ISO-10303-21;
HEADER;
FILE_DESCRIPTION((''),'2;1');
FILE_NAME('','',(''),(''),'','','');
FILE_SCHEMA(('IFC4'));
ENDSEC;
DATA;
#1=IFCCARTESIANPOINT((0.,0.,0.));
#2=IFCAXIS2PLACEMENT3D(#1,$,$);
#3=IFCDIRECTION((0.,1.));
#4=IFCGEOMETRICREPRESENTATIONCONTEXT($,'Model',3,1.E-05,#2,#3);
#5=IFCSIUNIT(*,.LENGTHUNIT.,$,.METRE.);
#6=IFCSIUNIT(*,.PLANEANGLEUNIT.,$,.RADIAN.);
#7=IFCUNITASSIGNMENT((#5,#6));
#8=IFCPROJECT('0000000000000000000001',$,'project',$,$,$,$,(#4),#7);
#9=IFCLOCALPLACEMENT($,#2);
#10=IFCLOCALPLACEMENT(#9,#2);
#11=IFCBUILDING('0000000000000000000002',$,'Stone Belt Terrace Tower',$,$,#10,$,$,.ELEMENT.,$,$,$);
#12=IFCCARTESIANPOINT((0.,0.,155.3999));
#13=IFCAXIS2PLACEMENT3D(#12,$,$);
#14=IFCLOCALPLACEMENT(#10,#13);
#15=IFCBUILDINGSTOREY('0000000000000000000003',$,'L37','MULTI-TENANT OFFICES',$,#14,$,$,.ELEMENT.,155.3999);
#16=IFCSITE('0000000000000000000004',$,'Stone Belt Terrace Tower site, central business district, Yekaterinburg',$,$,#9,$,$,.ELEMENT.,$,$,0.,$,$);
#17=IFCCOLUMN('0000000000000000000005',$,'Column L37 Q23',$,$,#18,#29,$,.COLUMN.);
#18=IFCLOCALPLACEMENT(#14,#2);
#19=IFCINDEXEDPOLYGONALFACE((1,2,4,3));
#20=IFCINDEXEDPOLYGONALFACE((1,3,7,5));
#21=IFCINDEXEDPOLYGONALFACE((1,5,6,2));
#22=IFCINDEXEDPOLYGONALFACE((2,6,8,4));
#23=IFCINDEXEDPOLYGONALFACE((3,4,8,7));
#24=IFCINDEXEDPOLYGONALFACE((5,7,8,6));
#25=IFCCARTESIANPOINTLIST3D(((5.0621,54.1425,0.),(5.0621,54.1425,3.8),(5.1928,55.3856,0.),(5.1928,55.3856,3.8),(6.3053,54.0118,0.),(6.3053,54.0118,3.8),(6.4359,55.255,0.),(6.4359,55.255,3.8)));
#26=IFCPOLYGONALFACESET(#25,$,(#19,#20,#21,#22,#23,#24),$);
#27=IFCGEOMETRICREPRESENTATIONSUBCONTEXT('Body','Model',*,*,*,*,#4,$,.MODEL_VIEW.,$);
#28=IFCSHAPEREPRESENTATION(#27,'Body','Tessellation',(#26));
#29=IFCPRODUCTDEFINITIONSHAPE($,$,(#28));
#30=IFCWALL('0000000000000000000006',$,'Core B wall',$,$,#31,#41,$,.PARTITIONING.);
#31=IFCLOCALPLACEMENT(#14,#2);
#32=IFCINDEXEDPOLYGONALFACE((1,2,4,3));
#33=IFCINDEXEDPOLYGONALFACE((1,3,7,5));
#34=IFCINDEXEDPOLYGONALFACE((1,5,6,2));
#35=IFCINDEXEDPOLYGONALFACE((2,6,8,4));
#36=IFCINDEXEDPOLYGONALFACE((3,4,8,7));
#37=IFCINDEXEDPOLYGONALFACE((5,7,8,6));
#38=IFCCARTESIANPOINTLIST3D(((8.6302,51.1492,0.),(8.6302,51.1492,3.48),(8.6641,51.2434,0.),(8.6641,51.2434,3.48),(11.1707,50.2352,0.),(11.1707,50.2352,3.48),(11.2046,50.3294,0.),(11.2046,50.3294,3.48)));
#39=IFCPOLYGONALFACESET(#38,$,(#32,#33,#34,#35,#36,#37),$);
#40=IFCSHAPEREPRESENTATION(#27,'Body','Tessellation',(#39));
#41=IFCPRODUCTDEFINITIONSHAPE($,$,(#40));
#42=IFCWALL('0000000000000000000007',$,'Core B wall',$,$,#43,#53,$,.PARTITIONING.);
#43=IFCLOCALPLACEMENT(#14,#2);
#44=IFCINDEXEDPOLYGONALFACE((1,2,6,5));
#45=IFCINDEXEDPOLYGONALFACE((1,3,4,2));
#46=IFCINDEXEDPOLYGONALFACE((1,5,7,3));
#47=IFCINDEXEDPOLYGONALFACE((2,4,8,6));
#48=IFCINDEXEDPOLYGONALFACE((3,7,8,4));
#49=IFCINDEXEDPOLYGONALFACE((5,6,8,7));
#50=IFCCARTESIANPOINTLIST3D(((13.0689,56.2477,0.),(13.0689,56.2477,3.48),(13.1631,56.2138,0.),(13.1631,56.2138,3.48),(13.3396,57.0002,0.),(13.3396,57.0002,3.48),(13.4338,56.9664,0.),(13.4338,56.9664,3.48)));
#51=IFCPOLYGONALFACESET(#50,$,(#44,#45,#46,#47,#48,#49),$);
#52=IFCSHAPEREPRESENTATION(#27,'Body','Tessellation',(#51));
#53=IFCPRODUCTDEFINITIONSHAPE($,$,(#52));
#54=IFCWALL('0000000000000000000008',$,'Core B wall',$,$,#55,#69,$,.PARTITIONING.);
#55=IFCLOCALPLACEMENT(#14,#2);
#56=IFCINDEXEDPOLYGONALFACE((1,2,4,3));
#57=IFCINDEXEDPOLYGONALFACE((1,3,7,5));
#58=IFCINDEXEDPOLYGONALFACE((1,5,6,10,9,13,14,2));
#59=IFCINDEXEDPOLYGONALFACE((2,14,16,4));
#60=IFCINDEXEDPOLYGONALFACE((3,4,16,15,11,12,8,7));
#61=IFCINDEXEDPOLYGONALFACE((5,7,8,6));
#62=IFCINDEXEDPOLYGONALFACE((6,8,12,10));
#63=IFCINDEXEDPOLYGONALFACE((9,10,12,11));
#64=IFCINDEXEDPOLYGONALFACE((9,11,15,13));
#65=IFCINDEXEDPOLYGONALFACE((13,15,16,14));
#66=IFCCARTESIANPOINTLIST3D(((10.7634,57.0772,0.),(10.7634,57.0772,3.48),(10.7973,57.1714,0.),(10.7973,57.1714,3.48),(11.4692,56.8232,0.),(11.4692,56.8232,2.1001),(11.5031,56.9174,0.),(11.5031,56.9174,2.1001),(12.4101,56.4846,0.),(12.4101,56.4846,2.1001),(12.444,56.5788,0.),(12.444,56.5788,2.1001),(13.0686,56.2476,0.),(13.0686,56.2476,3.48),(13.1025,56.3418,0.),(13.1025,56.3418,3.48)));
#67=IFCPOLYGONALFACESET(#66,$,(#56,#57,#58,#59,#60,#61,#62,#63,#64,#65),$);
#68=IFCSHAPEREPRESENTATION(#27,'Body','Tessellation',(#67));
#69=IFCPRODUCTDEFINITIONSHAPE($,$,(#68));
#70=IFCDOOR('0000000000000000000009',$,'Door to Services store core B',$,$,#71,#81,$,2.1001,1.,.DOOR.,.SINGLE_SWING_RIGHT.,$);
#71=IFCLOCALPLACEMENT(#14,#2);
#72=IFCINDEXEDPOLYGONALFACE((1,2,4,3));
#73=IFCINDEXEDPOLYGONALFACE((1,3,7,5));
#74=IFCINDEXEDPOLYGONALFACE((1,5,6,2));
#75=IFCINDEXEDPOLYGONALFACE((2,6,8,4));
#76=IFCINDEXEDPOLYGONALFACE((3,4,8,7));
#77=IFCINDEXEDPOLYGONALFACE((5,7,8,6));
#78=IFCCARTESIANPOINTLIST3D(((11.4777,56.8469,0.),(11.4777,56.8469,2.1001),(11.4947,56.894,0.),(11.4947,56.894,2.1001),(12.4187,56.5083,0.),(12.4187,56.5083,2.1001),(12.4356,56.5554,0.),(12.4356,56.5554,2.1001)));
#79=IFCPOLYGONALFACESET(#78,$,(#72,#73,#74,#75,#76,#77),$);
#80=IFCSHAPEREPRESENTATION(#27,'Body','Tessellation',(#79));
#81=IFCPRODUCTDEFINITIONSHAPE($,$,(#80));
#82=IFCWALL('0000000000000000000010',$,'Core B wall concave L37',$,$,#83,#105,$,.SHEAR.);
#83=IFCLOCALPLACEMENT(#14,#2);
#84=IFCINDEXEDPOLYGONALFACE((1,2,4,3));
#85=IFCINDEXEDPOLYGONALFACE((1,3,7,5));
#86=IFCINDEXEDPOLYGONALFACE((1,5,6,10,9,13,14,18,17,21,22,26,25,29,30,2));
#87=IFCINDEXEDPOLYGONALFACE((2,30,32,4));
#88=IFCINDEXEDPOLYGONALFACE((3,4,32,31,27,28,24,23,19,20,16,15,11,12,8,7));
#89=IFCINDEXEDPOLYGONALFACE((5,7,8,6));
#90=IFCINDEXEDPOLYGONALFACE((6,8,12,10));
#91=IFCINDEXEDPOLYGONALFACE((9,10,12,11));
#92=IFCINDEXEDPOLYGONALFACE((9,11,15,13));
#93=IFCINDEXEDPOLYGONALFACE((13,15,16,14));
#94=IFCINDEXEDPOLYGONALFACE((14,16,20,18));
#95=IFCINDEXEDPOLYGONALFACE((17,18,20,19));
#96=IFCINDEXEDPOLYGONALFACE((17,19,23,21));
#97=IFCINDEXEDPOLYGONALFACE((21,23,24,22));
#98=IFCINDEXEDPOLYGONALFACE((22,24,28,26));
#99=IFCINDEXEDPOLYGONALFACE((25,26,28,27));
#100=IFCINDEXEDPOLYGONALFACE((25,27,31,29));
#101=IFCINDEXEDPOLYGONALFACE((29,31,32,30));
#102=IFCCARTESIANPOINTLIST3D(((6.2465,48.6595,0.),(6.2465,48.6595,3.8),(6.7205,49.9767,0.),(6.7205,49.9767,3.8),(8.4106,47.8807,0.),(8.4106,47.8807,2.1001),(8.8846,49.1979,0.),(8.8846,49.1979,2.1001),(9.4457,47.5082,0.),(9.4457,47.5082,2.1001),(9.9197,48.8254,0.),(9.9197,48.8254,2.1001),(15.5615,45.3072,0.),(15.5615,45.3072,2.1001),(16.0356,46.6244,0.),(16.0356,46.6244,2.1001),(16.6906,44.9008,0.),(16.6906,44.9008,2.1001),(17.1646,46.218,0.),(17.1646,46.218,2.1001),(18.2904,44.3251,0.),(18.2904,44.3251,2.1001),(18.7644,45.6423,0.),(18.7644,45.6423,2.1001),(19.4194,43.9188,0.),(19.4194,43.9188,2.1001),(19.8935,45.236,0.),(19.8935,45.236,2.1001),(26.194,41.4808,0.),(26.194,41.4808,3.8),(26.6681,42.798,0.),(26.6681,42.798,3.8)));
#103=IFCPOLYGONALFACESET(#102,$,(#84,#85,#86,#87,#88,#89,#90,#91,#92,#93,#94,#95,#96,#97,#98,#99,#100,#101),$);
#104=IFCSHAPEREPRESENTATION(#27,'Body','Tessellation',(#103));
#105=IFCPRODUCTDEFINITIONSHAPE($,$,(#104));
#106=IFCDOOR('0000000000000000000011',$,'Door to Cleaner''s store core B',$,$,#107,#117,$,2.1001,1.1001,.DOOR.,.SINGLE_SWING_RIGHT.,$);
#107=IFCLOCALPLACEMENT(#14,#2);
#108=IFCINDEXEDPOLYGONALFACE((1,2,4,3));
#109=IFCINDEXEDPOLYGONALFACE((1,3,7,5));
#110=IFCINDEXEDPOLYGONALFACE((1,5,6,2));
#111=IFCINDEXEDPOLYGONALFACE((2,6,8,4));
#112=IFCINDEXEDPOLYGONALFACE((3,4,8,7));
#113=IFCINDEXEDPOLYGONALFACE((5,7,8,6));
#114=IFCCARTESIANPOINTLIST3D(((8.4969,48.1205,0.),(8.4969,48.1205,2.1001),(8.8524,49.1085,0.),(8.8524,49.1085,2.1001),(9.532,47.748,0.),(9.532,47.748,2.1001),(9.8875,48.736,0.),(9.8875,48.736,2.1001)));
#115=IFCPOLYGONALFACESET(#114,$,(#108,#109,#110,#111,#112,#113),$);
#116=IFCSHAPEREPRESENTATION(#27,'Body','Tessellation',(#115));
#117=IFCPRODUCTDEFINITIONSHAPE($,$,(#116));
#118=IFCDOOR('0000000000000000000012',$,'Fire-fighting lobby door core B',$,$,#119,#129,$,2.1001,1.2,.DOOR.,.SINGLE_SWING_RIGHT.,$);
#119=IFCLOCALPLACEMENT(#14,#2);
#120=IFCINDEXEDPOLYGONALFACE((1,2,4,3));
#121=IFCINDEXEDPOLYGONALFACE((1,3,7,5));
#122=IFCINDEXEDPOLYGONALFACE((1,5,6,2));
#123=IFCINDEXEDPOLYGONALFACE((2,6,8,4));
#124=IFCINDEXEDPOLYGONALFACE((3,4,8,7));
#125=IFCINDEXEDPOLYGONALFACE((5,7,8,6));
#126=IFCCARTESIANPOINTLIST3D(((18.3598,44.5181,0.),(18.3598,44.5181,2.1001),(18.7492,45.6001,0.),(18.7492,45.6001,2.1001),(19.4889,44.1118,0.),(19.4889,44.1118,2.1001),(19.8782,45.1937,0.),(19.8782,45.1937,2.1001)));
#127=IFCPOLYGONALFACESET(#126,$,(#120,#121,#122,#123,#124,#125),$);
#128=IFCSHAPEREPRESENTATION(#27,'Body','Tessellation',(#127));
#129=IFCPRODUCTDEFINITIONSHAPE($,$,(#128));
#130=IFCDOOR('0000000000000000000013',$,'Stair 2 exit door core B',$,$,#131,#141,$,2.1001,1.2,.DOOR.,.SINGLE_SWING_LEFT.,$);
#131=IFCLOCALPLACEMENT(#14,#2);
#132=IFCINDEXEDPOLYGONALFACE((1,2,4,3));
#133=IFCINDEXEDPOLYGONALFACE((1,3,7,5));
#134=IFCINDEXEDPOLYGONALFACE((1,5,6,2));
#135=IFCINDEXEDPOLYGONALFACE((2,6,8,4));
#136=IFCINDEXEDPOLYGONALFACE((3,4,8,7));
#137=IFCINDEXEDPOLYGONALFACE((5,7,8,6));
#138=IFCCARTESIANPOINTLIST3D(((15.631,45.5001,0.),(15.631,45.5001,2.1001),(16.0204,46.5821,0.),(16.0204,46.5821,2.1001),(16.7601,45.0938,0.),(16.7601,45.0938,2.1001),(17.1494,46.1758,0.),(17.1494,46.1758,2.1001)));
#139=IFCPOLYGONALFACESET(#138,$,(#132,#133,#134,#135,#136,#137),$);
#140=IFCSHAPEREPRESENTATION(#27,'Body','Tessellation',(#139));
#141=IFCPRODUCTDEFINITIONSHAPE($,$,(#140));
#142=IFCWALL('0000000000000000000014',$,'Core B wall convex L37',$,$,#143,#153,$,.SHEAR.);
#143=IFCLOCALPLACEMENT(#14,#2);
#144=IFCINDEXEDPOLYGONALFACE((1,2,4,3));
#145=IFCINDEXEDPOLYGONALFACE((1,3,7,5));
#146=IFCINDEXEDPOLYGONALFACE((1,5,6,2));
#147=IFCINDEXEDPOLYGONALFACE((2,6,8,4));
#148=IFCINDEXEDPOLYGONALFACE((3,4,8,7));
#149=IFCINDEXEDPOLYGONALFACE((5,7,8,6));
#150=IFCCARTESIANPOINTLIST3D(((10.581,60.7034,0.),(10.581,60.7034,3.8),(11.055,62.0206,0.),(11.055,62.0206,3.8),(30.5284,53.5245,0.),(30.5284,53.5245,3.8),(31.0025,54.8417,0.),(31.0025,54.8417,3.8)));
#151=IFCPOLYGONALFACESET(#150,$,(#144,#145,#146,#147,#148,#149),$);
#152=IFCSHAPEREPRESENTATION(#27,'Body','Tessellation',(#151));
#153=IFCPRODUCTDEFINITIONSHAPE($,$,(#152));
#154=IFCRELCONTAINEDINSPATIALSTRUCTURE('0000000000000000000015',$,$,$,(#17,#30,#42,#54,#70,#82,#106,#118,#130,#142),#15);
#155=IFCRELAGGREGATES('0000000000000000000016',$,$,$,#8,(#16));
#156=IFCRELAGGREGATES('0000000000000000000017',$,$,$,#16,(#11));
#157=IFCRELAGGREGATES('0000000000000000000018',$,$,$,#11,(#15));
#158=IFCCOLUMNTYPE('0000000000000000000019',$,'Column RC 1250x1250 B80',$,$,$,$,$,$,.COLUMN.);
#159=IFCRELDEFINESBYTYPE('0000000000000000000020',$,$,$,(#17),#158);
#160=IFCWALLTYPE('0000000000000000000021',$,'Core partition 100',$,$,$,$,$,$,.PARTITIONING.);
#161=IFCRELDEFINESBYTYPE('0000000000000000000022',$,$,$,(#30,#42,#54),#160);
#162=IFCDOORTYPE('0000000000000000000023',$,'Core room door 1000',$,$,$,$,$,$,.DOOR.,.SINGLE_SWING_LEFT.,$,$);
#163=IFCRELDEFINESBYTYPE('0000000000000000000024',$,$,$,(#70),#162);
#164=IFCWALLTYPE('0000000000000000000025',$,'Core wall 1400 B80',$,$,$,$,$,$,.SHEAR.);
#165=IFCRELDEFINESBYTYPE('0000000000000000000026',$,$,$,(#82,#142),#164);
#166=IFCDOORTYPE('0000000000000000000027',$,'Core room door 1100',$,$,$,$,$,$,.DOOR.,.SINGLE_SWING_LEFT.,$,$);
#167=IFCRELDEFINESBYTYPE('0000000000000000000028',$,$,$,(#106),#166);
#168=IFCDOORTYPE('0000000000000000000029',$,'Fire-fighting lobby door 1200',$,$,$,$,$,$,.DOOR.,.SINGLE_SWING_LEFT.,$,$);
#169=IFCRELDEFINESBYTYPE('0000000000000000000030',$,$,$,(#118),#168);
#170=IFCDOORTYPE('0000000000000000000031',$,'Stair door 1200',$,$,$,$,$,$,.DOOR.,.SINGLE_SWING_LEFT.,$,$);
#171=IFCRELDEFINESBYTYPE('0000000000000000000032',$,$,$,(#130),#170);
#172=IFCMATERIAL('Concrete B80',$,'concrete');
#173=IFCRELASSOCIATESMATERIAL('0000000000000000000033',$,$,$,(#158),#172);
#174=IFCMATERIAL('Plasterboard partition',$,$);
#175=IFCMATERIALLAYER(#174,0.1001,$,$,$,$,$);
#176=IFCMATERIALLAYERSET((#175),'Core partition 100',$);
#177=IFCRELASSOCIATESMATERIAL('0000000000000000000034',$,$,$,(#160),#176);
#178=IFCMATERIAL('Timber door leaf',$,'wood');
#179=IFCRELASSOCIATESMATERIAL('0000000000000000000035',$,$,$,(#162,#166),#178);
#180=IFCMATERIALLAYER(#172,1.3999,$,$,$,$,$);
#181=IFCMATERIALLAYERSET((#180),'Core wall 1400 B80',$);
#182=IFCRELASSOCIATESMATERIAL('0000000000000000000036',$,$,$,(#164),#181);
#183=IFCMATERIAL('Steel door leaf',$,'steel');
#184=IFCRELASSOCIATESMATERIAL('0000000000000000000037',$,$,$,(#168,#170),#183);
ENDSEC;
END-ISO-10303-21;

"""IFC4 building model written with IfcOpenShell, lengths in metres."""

from ifc_helpers import new_model, si_unit, direction, frame, frame_2d, origin, origin_2d, place, context, subcontext, project, spatial, rectangle, extrude, material, layer, layer_set, material_profile, profile_set, type_object, element, fill, save


model = new_model("IFC4")

# Units and contexts
model_context = context("Model", 3, precision=1e-05, world=origin(), true_north=direction((0.0, 1.0)))
body_context = subcontext(model_context, "Body", "Model", "MODEL_VIEW")
ifc_project = project(units=[si_unit("LENGTHUNIT", "METRE"), si_unit("PLANEANGLEUNIT", "RADIAN")], contexts=[model_context])

# Site, building, storey
site_placement = place(None, origin())
site = spatial("IfcSite", under=ifc_project, at=site_placement, Name="Stone Belt Terrace Tower site, central business district, Yekaterinburg", CompositionType="ELEMENT", RefElevation=0.0)
building_placement = place(site_placement, origin())
building = spatial("IfcBuilding", under=site, at=building_placement, Name="Stone Belt Terrace Tower", CompositionType="ELEMENT")
storey_placement = place(building_placement, frame((0.0, 0.0, 155.3999)))
storey = spatial("IfcBuildingStorey", under=building, at=storey_placement, Name="L37", Description="MULTI-TENANT OFFICES", CompositionType="ELEMENT", Elevation=155.3999)

# Column
ifc_material_1 = material(Name="Concrete B80", Category="concrete")
ifc_material_profile = material_profile(ifc_material_1, rectangle(XDim=1.25, YDim=1.25, at=origin_2d()), Name="RC 1250x1250")
ifc_profile_set = profile_set([ifc_material_profile], Name="Concrete B80")
column_type = type_object("IfcColumnType", Name="Column RC 1250x1250 B80", PredefinedType="COLUMN", material=ifc_profile_set)
column_placement = place(storey_placement, frame((5.749, 54.6987, 0.0), z_axis=(0.0, 0.0, 1.0), x_axis=(0.994522, -0.104528, 0.0)))
element("IfcColumn", 1, at=column_placement, inside=storey, type_object=column_type, Name="Column L37 Q23", PredefinedType="COLUMN", context=body_context, shape_type="SweptSolid", body=[
    extrude(rectangle(XDim=1.25, YDim=1.25, at=origin_2d()), origin(), (0.0, 0.0, 1.0), 3.8),
])

# Walls
ifc_material_2 = material(Name="Plasterboard partition")
ifc_layer_1 = layer(ifc_material_2, 0.1001)
ifc_layer_set_1 = layer_set([ifc_layer_1], Name="Core partition 100")
wall_type_1 = type_object("IfcWallType", Name="Core partition 100", PredefinedType="PARTITIONING", material=ifc_layer_set_1)
wall_1_placement = place(storey_placement, frame((11.1877, 50.2822, 0.0), z_axis=(0.0, 0.0, 1.0), x_axis=(-0.94095, 0.338547, 0.0)))
element("IfcWall", 2, at=wall_1_placement, inside=storey, type_object=wall_type_1, Name="Core B wall", PredefinedType="PARTITIONING", context=body_context, shape_type="SweptSolid", body=[
    extrude(rectangle(XDim=2.7, YDim=0.1001, at=frame_2d((1.3501, 0.0))), origin(), (0.0, 0.0, 1.0), 3.48),
])
wall_2_placement = place(storey_placement, frame((13.116, 56.2307, 0.0), z_axis=(0.0, 0.0, 1.0), x_axis=(0.338482, 0.940973, 0.0)))
element("IfcWall", 3, at=wall_2_placement, inside=storey, type_object=wall_type_1, Name="Core B wall", PredefinedType="PARTITIONING", context=body_context, shape_type="SweptSolid", body=[
    extrude(rectangle(XDim=0.7998, YDim=0.1001, at=frame_2d((0.3999, 0.0))), origin(), (0.0, 0.0, 1.0), 3.48),
])

# Wall, opening, door
wall_3_placement = place(storey_placement, frame((13.0857, 56.2947, 0.0), z_axis=(0.0, 0.0, 1.0), x_axis=(-0.940923, 0.338621, 0.0)))
wall_3 = element("IfcWall", 4, at=wall_3_placement, inside=storey, type_object=wall_type_1, Name="Core B wall", PredefinedType="PARTITIONING", context=body_context, shape_type="SweptSolid", body=[
    extrude(rectangle(XDim=2.45, YDim=0.1001, at=frame_2d((1.2251, 0.0))), origin(), (0.0, 0.0, 1.0), 3.48),
])
opening_1_placement = place(wall_3_placement, frame((0.7, 0.0, 0.0)))
opening_1 = element("IfcOpeningElement", 5, at=opening_1_placement, cuts=wall_3, PredefinedType="OPENING", context=body_context, shape_type="SweptSolid", body=[
    extrude(rectangle(XDim=1.0, YDim=2.1001, at=frame_2d((0.5, 1.05))), frame((0.0, 0.0601, 0.0), z_axis=(0.0, -1.0, 0.0), x_axis=(1.0, 0.0, 0.0)), (0.0, 0.0, 1.0), 0.1201),
])
ifc_material_3 = material(Name="Timber door leaf", Category="wood")
door_type_1 = type_object("IfcDoorType", Name="Core room door 1000", OperationType="SINGLE_SWING_LEFT", PredefinedType="DOOR", material=ifc_material_3)
door_1_placement = place(opening_1_placement, origin())
door_1 = element("IfcDoor", 6, at=door_1_placement, inside=storey, type_object=door_type_1, Name="Door to Services store core B", OperationType="SINGLE_SWING_RIGHT", OverallHeight=2.1001, OverallWidth=1.0, PredefinedType="DOOR", context=body_context, shape_type="SweptSolid", body=[
    extrude(rectangle(XDim=1.0, YDim=2.1001, at=frame_2d((0.5, 1.05))), frame((0.0, 0.0249, 0.0), z_axis=(0.0, -1.0, 0.0), x_axis=(1.0, 0.0, 0.0)), (0.0, 0.0, 1.0), 0.05),
])
fill(opening_1, door_1)

# Wall, openings, doors
ifc_layer_2 = layer(ifc_material_1, 1.3999)
ifc_layer_set_2 = layer_set([ifc_layer_2], Name="Core wall 1400 B80")
wall_type_2 = type_object("IfcWallType", Name="Core wall 1400 B80", PredefinedType="SHEAR", material=ifc_layer_set_2)
wall_4_placement = place(storey_placement, frame((6.4834, 49.3181, 0.0), z_axis=(0.0, 0.0, 1.0), x_axis=(0.940923, -0.33862, 0.0)))
wall_4 = element("IfcWall", 7, at=wall_4_placement, inside=storey, type_object=wall_type_2, Name="Core B wall concave L37", PredefinedType="SHEAR", context=body_context, shape_type="SweptSolid", body=[
    extrude(rectangle(XDim=21.2, YDim=1.3999, at=frame_2d((10.6001, 0.0))), origin(), (0.0, 0.0, 1.0), 3.8),
])
opening_2_placement = place(wall_4_placement, frame((12.8, 0.0, 0.0)))
opening_2 = element("IfcOpeningElement", 8, at=opening_2_placement, cuts=wall_4, PredefinedType="OPENING", context=body_context, shape_type="SweptSolid", body=[
    extrude(rectangle(XDim=1.2, YDim=2.1001, at=frame_2d((0.6001, 1.05))), frame((0.0, 0.71, 0.0), z_axis=(0.0, -1.0, 0.0), x_axis=(1.0, 0.0, 0.0)), (0.0, 0.0, 1.0), 1.4199),
])
opening_3_placement = place(wall_4_placement, frame((9.8999, 0.0, 0.0)))
opening_3 = element("IfcOpeningElement", 9, at=opening_3_placement, cuts=wall_4, PredefinedType="OPENING", context=body_context, shape_type="SweptSolid", body=[
    extrude(rectangle(XDim=1.2, YDim=2.1001, at=frame_2d((0.6001, 1.05))), frame((0.0, 0.71, 0.0), z_axis=(0.0, -1.0, 0.0), x_axis=(1.0, 0.0, 0.0)), (0.0, 0.0, 1.0), 1.4199),
])
opening_4_placement = place(wall_4_placement, frame((2.3, 0.0, 0.0)))
opening_4 = element("IfcOpeningElement", 10, at=opening_4_placement, cuts=wall_4, PredefinedType="OPENING", context=body_context, shape_type="SweptSolid", body=[
    extrude(rectangle(XDim=1.1001, YDim=2.1001, at=frame_2d((0.55, 1.05))), frame((0.0, 0.71, 0.0), z_axis=(0.0, -1.0, 0.0), x_axis=(1.0, 0.0, 0.0)), (0.0, 0.0, 1.0), 1.4199),
])
door_type_2 = type_object("IfcDoorType", Name="Core room door 1100", OperationType="SINGLE_SWING_LEFT", PredefinedType="DOOR", material=ifc_material_3)
door_2_placement = place(opening_4_placement, origin())
door_2 = element("IfcDoor", 11, at=door_2_placement, inside=storey, type_object=door_type_2, Name="Door to Cleaner's store core B", OperationType="SINGLE_SWING_RIGHT", OverallHeight=2.1001, OverallWidth=1.1001, PredefinedType="DOOR", context=body_context, shape_type="SweptSolid", body=[
    extrude(rectangle(XDim=1.1001, YDim=2.1001, at=frame_2d((0.55, 1.05))), frame((0.0, 0.605, 0.0), z_axis=(0.0, -1.0, 0.0), x_axis=(1.0, 0.0, 0.0)), (0.0, 0.0, 1.0), 1.05),
])
fill(opening_4, door_2)
ifc_material_4 = material(Name="Steel door leaf", Category="steel")
door_type_3 = type_object("IfcDoorType", Name="Fire-fighting lobby door 1200", OperationType="SINGLE_SWING_LEFT", PredefinedType="DOOR", material=ifc_material_4)
door_3_placement = place(opening_2_placement, origin())
door_3 = element("IfcDoor", 12, at=door_3_placement, inside=storey, type_object=door_type_3, Name="Fire-fighting lobby door core B", OperationType="SINGLE_SWING_RIGHT", OverallHeight=2.1001, OverallWidth=1.2, PredefinedType="DOOR", context=body_context, shape_type="SweptSolid", body=[
    extrude(rectangle(XDim=1.2, YDim=2.1001, at=frame_2d((0.6001, 1.05))), frame((0.0, 0.655, 0.0), z_axis=(0.0, -1.0, 0.0), x_axis=(1.0, 0.0, 0.0)), (0.0, 0.0, 1.0), 1.1499),
])
fill(opening_2, door_3)
door_type_4 = type_object("IfcDoorType", Name="Stair door 1200", OperationType="SINGLE_SWING_LEFT", PredefinedType="DOOR", material=ifc_material_4)
door_4_placement = place(opening_3_placement, origin())
door_4 = element("IfcDoor", 13, at=door_4_placement, inside=storey, type_object=door_type_4, Name="Stair 2 exit door core B", OperationType="SINGLE_SWING_LEFT", OverallHeight=2.1001, OverallWidth=1.2, PredefinedType="DOOR", context=body_context, shape_type="SweptSolid", body=[
    extrude(rectangle(XDim=1.2, YDim=2.1001, at=frame_2d((0.6001, 1.05))), frame((0.0, 0.655, 0.0), z_axis=(0.0, -1.0, 0.0), x_axis=(1.0, 0.0, 0.0)), (0.0, 0.0, 1.0), 1.1499),
])
fill(opening_3, door_4)

# Wall
wall_5_placement = place(storey_placement, frame((10.8179, 61.3621, 0.0), z_axis=(0.0, 0.0, 1.0), x_axis=(0.94092, -0.33863, 0.0)))
element("IfcWall", 14, at=wall_5_placement, inside=storey, type_object=wall_type_2, Name="Core B wall convex L37", PredefinedType="SHEAR", context=body_context, shape_type="SweptSolid", body=[
    extrude(rectangle(XDim=21.2, YDim=1.3999, at=frame_2d((10.6001, 0.0))), origin(), (0.0, 0.0, 1.0), 3.8),
])

save(model, "model.ifc")
